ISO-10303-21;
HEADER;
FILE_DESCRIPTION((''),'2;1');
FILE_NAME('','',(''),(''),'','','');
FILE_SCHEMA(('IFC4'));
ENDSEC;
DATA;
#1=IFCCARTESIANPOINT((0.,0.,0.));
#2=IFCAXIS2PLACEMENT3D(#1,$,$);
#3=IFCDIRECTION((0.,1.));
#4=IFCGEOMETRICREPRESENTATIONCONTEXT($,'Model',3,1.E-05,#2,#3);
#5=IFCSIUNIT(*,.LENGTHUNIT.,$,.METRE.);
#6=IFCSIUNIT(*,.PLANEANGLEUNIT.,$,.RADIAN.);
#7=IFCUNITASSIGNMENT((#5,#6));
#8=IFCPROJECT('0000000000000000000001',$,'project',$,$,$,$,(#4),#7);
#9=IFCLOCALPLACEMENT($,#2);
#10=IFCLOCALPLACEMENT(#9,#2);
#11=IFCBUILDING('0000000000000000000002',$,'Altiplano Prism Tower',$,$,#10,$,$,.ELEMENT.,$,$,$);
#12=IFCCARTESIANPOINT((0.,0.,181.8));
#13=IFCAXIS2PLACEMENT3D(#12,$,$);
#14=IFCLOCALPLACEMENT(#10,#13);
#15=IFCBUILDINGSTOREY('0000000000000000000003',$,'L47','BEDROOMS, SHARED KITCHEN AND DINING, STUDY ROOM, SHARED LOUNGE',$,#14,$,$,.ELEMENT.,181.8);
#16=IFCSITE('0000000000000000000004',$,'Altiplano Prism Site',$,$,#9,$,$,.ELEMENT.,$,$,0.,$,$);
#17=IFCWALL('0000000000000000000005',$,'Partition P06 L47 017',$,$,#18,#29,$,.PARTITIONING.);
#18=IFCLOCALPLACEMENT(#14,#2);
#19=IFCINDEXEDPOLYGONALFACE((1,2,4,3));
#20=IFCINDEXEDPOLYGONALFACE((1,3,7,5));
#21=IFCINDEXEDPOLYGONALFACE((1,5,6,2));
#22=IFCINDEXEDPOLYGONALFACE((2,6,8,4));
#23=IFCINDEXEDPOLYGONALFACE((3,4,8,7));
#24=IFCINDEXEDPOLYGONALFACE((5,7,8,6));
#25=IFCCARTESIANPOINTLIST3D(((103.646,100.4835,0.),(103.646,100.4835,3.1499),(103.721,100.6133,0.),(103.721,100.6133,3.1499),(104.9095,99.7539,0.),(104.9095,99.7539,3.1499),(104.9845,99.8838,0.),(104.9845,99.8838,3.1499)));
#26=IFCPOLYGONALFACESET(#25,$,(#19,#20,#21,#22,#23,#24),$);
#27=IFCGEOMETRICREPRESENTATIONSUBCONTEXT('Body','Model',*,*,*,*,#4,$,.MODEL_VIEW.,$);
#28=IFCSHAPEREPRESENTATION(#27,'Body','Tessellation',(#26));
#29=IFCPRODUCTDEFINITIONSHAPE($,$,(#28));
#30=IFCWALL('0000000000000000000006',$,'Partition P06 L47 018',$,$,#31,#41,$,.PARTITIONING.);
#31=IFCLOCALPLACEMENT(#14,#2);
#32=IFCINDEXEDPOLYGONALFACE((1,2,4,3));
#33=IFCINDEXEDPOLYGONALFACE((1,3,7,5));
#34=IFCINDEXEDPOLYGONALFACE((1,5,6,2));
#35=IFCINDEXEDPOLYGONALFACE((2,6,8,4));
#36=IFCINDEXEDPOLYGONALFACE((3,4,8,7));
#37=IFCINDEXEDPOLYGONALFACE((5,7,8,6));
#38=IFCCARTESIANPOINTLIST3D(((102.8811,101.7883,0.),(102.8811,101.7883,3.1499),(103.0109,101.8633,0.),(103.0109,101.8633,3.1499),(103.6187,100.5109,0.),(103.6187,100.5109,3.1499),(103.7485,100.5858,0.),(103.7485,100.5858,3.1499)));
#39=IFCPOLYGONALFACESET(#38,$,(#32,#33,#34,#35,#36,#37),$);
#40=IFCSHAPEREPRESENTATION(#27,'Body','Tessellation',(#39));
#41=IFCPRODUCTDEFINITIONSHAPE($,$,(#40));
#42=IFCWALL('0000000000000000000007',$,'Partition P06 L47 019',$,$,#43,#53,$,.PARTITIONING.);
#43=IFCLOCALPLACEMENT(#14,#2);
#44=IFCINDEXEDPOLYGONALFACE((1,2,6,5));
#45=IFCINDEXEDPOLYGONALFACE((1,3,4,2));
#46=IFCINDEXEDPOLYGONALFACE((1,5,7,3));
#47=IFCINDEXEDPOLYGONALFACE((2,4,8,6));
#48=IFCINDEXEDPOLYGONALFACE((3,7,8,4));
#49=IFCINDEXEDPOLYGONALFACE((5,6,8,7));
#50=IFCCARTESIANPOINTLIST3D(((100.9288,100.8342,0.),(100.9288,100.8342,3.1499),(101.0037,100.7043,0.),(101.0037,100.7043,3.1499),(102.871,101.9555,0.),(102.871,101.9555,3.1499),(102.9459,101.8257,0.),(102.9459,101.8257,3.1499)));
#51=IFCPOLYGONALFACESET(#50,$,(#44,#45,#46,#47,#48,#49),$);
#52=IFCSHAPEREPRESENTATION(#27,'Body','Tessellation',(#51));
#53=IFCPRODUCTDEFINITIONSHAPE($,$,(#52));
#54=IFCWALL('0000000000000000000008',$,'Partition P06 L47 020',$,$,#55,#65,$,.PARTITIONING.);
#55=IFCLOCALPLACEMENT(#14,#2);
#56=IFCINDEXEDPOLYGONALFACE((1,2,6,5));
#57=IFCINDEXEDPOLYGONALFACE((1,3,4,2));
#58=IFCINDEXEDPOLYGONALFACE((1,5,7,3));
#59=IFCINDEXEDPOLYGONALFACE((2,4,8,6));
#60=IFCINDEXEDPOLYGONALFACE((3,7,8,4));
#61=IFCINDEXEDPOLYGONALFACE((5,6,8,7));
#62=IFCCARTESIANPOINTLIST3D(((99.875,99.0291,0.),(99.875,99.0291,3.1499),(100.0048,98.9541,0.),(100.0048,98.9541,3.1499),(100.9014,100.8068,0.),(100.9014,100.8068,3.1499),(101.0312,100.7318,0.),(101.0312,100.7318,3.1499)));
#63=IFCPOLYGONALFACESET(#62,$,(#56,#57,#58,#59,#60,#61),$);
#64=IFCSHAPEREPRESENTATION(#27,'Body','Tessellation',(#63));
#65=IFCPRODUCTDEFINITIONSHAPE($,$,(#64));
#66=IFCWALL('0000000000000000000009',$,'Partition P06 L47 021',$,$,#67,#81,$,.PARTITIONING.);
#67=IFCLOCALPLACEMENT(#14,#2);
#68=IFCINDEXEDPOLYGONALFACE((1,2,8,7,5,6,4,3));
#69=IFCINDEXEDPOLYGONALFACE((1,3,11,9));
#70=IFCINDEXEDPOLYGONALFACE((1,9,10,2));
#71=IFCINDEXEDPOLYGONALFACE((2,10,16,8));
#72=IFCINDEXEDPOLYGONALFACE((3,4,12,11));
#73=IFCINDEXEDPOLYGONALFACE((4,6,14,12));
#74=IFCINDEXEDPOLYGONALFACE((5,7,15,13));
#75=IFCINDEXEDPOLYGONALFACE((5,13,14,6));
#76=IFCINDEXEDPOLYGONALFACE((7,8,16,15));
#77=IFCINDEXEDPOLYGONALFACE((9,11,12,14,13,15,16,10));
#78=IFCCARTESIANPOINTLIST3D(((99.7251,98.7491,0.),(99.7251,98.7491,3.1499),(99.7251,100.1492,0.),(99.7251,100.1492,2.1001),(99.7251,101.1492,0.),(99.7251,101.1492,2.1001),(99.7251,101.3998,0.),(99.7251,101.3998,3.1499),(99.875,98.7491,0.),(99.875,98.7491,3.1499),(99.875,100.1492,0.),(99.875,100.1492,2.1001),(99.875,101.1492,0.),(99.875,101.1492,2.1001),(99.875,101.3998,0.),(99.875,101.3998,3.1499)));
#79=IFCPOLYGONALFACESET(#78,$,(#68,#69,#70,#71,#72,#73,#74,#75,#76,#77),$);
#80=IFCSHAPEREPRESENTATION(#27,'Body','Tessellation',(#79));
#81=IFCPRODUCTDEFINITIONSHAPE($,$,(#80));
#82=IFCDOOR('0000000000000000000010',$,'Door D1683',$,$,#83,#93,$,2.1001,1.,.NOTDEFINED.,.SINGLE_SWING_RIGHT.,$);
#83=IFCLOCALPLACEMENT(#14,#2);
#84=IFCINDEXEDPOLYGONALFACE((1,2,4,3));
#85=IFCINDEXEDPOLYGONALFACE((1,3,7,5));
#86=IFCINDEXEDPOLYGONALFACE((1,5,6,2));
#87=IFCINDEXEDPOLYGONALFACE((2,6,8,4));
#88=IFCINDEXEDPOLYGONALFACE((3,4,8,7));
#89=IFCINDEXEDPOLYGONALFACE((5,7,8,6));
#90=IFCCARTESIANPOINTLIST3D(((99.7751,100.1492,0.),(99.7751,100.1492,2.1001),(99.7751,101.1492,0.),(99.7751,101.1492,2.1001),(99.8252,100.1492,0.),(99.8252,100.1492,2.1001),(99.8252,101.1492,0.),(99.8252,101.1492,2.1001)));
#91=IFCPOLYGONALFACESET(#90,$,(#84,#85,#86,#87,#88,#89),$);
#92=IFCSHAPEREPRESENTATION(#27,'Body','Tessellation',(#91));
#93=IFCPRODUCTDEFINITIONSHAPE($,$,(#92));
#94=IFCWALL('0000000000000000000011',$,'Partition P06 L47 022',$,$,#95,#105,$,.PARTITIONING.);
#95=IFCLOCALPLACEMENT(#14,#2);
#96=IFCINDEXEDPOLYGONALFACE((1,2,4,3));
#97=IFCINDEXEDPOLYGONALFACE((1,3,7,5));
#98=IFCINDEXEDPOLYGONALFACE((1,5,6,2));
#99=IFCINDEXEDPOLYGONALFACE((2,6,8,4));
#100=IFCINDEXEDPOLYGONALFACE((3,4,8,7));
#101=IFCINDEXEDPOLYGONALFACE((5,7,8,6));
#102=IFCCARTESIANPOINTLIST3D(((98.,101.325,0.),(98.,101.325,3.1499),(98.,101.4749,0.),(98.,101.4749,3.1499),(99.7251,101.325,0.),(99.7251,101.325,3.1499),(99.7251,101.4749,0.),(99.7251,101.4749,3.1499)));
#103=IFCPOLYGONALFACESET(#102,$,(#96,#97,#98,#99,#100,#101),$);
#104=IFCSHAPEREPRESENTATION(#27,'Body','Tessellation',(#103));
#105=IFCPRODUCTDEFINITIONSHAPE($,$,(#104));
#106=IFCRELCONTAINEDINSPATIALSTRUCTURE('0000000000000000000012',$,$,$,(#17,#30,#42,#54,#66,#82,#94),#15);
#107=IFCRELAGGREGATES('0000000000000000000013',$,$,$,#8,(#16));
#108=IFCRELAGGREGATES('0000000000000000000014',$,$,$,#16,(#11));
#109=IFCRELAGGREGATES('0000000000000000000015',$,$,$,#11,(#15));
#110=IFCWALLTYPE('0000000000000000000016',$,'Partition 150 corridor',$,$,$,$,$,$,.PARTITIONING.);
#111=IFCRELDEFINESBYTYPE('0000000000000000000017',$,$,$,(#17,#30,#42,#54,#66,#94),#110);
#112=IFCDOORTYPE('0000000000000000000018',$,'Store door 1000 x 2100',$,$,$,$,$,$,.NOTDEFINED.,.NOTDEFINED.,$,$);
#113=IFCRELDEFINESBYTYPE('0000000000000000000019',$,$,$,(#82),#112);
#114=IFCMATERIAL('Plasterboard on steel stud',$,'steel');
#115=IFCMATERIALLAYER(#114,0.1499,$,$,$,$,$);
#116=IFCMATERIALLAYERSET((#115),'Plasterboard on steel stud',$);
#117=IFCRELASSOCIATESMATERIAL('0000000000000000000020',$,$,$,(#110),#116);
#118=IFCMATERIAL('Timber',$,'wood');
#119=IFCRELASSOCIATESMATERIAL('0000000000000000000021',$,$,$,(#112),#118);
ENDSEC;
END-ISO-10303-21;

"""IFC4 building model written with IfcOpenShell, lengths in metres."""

from ifc_helpers import new_model, si_unit, direction, frame, frame_2d, origin, place, context, subcontext, project, spatial, rectangle, extrude, material, layer, layer_set, type_object, element, fill, save


model = new_model("IFC4")

# Units and contexts
model_context = context("Model", 3, precision=1e-05, world=origin(), true_north=direction((0.0, 1.0)))
body_context = subcontext(model_context, "Body", "Model", "MODEL_VIEW")
ifc_project = project(units=[si_unit("LENGTHUNIT", "METRE"), si_unit("PLANEANGLEUNIT", "RADIAN")], contexts=[model_context])

# Site, building, storey
site_placement = place(None, origin())
site = spatial("IfcSite", under=ifc_project, at=site_placement, Name="Altiplano Prism Site", CompositionType="ELEMENT", RefElevation=0.0)
building_placement = place(site_placement, origin())
building = spatial("IfcBuilding", under=site, at=building_placement, Name="Altiplano Prism Tower", CompositionType="ELEMENT")
storey_placement = place(building_placement, frame((0.0, 0.0, 181.8)))
storey = spatial("IfcBuildingStorey", under=building, at=storey_placement, Name="L47", Description="BEDROOMS, SHARED KITCHEN AND DINING, STUDY ROOM, SHARED LOUNGE", CompositionType="ELEMENT", Elevation=181.8)

# Walls
ifc_material_1 = material(Name="Plasterboard on steel stud", Category="steel")
ifc_layer_1 = layer(ifc_material_1, 0.1499)
ifc_layer_set_1 = layer_set([ifc_layer_1], Name="Plasterboard on steel stud")
wall_type_1 = type_object("IfcWallType", Name="Partition 150 corridor", PredefinedType="PARTITIONING", material=ifc_layer_set_1)
wall_1_placement = place(storey_placement, frame((104.947, 99.8188, 0.0), z_axis=(0.0, 0.0, 1.0), x_axis=(-0.86601, 0.500027, 0.0)))
element("IfcWall", 1, at=wall_1_placement, inside=storey, type_object=wall_type_1, Name="Partition P06 L47 017", PredefinedType="PARTITIONING", context=body_context, shape_type="SweptSolid", body=[
    extrude(rectangle(XDim=1.459, YDim=0.1499, at=frame_2d((0.7295, 0.0))), origin(), (0.0, 0.0, 1.0), 3.1499),
])
wall_2_placement = place(storey_placement, frame((103.6836, 100.5483, 0.0), z_axis=(0.0, 0.0, 1.0), x_axis=(-0.500038, 0.866004, 0.0)))
element("IfcWall", 2, at=wall_2_placement, inside=storey, type_object=wall_type_1, Name="Partition P06 L47 018", PredefinedType="PARTITIONING", context=body_context, shape_type="SweptSolid", body=[
    extrude(rectangle(XDim=1.4751, YDim=0.1499, at=frame_2d((0.7375, 0.0))), origin(), (0.0, 0.0, 1.0), 3.1499),
])
wall_3_placement = place(storey_placement, frame((102.9084, 101.8906, 0.0), z_axis=(0.0, 0.0, 1.0), x_axis=(-0.866017, -0.500015, 0.0)))
element("IfcWall", 3, at=wall_3_placement, inside=storey, type_object=wall_type_1, Name="Partition P06 L47 019", PredefinedType="PARTITIONING", context=body_context, shape_type="SweptSolid", body=[
    extrude(rectangle(XDim=2.2427, YDim=0.1499, at=frame_2d((1.1213, 0.0))), origin(), (0.0, 0.0, 1.0), 3.1499),
])
wall_4_placement = place(storey_placement, frame((100.9663, 100.7693, 0.0), z_axis=(0.0, 0.0, 1.0), x_axis=(-0.500028, -0.866009, 0.0)))
element("IfcWall", 4, at=wall_4_placement, inside=storey, type_object=wall_type_1, Name="Partition P06 L47 020", PredefinedType="PARTITIONING", context=body_context, shape_type="SweptSolid", body=[
    extrude(rectangle(XDim=2.0527, YDim=0.1499, at=frame_2d((1.0264, 0.0))), origin(), (0.0, 0.0, 1.0), 3.1499),
])

# Wall, opening, door
wall_5_placement = place(storey_placement, frame((99.8, 98.7493, 0.0), z_axis=(0.0, 0.0, 1.0), x_axis=(0.0, 1.0, 0.0)))
wall_5 = element("IfcWall", 5, at=wall_5_placement, inside=storey, type_object=wall_type_1, Name="Partition P06 L47 021", PredefinedType="PARTITIONING", context=body_context, shape_type="SweptSolid", body=[
    extrude(rectangle(XDim=2.6506, YDim=0.1499, at=frame_2d((1.3252, 0.0))), origin(), (0.0, 0.0, 1.0), 3.1499),
])
opening_placement = place(wall_5_placement, frame((1.3999, 0.0, 0.0)))
opening = element("IfcOpeningElement", 6, at=opening_placement, cuts=wall_5, PredefinedType="OPENING", context=body_context, shape_type="SweptSolid", body=[
    extrude(rectangle(XDim=1.0, YDim=2.1001, at=frame_2d((0.5, 1.05))), frame((0.0, 0.0854, 0.0), z_axis=(0.0, -1.0, 0.0), x_axis=(1.0, 0.0, 0.0)), (0.0, 0.0, 1.0), 0.1709),
])
ifc_material_2 = material(Name="Timber", Category="wood")
door_type = type_object("IfcDoorType", Name="Store door 1000 x 2100", OperationType="NOTDEFINED", PredefinedType="NOTDEFINED", material=ifc_material_2)
door_placement = place(opening_placement, origin())
door = element("IfcDoor", 7, at=door_placement, inside=storey, type_object=door_type, Name="Door D1683", OperationType="SINGLE_SWING_RIGHT", OverallHeight=2.1001, OverallWidth=1.0, PredefinedType="NOTDEFINED", context=body_context, shape_type="SweptSolid", body=[
    extrude(rectangle(XDim=1.0, YDim=2.1001, at=frame_2d((0.5, 1.05))), frame((0.0, 0.0249, 0.0), z_axis=(0.0, -1.0, 0.0), x_axis=(1.0, 0.0, 0.0)), (0.0, 0.0, 1.0), 0.05),
])
fill(opening, door)

# Wall
wall_6_placement = place(storey_placement, frame((99.7251, 101.3999, 0.0), z_axis=(0.0, 0.0, 1.0), x_axis=(-1.0, 0.0, 0.0)))
element("IfcWall", 8, at=wall_6_placement, inside=storey, type_object=wall_type_1, Name="Partition P06 L47 022", PredefinedType="PARTITIONING", context=body_context, shape_type="SweptSolid", body=[
    extrude(rectangle(XDim=1.7251, YDim=0.1499, at=frame_2d((0.8625, 0.0))), origin(), (0.0, 0.0, 1.0), 3.1499),
])

save(model, "model.ifc")
